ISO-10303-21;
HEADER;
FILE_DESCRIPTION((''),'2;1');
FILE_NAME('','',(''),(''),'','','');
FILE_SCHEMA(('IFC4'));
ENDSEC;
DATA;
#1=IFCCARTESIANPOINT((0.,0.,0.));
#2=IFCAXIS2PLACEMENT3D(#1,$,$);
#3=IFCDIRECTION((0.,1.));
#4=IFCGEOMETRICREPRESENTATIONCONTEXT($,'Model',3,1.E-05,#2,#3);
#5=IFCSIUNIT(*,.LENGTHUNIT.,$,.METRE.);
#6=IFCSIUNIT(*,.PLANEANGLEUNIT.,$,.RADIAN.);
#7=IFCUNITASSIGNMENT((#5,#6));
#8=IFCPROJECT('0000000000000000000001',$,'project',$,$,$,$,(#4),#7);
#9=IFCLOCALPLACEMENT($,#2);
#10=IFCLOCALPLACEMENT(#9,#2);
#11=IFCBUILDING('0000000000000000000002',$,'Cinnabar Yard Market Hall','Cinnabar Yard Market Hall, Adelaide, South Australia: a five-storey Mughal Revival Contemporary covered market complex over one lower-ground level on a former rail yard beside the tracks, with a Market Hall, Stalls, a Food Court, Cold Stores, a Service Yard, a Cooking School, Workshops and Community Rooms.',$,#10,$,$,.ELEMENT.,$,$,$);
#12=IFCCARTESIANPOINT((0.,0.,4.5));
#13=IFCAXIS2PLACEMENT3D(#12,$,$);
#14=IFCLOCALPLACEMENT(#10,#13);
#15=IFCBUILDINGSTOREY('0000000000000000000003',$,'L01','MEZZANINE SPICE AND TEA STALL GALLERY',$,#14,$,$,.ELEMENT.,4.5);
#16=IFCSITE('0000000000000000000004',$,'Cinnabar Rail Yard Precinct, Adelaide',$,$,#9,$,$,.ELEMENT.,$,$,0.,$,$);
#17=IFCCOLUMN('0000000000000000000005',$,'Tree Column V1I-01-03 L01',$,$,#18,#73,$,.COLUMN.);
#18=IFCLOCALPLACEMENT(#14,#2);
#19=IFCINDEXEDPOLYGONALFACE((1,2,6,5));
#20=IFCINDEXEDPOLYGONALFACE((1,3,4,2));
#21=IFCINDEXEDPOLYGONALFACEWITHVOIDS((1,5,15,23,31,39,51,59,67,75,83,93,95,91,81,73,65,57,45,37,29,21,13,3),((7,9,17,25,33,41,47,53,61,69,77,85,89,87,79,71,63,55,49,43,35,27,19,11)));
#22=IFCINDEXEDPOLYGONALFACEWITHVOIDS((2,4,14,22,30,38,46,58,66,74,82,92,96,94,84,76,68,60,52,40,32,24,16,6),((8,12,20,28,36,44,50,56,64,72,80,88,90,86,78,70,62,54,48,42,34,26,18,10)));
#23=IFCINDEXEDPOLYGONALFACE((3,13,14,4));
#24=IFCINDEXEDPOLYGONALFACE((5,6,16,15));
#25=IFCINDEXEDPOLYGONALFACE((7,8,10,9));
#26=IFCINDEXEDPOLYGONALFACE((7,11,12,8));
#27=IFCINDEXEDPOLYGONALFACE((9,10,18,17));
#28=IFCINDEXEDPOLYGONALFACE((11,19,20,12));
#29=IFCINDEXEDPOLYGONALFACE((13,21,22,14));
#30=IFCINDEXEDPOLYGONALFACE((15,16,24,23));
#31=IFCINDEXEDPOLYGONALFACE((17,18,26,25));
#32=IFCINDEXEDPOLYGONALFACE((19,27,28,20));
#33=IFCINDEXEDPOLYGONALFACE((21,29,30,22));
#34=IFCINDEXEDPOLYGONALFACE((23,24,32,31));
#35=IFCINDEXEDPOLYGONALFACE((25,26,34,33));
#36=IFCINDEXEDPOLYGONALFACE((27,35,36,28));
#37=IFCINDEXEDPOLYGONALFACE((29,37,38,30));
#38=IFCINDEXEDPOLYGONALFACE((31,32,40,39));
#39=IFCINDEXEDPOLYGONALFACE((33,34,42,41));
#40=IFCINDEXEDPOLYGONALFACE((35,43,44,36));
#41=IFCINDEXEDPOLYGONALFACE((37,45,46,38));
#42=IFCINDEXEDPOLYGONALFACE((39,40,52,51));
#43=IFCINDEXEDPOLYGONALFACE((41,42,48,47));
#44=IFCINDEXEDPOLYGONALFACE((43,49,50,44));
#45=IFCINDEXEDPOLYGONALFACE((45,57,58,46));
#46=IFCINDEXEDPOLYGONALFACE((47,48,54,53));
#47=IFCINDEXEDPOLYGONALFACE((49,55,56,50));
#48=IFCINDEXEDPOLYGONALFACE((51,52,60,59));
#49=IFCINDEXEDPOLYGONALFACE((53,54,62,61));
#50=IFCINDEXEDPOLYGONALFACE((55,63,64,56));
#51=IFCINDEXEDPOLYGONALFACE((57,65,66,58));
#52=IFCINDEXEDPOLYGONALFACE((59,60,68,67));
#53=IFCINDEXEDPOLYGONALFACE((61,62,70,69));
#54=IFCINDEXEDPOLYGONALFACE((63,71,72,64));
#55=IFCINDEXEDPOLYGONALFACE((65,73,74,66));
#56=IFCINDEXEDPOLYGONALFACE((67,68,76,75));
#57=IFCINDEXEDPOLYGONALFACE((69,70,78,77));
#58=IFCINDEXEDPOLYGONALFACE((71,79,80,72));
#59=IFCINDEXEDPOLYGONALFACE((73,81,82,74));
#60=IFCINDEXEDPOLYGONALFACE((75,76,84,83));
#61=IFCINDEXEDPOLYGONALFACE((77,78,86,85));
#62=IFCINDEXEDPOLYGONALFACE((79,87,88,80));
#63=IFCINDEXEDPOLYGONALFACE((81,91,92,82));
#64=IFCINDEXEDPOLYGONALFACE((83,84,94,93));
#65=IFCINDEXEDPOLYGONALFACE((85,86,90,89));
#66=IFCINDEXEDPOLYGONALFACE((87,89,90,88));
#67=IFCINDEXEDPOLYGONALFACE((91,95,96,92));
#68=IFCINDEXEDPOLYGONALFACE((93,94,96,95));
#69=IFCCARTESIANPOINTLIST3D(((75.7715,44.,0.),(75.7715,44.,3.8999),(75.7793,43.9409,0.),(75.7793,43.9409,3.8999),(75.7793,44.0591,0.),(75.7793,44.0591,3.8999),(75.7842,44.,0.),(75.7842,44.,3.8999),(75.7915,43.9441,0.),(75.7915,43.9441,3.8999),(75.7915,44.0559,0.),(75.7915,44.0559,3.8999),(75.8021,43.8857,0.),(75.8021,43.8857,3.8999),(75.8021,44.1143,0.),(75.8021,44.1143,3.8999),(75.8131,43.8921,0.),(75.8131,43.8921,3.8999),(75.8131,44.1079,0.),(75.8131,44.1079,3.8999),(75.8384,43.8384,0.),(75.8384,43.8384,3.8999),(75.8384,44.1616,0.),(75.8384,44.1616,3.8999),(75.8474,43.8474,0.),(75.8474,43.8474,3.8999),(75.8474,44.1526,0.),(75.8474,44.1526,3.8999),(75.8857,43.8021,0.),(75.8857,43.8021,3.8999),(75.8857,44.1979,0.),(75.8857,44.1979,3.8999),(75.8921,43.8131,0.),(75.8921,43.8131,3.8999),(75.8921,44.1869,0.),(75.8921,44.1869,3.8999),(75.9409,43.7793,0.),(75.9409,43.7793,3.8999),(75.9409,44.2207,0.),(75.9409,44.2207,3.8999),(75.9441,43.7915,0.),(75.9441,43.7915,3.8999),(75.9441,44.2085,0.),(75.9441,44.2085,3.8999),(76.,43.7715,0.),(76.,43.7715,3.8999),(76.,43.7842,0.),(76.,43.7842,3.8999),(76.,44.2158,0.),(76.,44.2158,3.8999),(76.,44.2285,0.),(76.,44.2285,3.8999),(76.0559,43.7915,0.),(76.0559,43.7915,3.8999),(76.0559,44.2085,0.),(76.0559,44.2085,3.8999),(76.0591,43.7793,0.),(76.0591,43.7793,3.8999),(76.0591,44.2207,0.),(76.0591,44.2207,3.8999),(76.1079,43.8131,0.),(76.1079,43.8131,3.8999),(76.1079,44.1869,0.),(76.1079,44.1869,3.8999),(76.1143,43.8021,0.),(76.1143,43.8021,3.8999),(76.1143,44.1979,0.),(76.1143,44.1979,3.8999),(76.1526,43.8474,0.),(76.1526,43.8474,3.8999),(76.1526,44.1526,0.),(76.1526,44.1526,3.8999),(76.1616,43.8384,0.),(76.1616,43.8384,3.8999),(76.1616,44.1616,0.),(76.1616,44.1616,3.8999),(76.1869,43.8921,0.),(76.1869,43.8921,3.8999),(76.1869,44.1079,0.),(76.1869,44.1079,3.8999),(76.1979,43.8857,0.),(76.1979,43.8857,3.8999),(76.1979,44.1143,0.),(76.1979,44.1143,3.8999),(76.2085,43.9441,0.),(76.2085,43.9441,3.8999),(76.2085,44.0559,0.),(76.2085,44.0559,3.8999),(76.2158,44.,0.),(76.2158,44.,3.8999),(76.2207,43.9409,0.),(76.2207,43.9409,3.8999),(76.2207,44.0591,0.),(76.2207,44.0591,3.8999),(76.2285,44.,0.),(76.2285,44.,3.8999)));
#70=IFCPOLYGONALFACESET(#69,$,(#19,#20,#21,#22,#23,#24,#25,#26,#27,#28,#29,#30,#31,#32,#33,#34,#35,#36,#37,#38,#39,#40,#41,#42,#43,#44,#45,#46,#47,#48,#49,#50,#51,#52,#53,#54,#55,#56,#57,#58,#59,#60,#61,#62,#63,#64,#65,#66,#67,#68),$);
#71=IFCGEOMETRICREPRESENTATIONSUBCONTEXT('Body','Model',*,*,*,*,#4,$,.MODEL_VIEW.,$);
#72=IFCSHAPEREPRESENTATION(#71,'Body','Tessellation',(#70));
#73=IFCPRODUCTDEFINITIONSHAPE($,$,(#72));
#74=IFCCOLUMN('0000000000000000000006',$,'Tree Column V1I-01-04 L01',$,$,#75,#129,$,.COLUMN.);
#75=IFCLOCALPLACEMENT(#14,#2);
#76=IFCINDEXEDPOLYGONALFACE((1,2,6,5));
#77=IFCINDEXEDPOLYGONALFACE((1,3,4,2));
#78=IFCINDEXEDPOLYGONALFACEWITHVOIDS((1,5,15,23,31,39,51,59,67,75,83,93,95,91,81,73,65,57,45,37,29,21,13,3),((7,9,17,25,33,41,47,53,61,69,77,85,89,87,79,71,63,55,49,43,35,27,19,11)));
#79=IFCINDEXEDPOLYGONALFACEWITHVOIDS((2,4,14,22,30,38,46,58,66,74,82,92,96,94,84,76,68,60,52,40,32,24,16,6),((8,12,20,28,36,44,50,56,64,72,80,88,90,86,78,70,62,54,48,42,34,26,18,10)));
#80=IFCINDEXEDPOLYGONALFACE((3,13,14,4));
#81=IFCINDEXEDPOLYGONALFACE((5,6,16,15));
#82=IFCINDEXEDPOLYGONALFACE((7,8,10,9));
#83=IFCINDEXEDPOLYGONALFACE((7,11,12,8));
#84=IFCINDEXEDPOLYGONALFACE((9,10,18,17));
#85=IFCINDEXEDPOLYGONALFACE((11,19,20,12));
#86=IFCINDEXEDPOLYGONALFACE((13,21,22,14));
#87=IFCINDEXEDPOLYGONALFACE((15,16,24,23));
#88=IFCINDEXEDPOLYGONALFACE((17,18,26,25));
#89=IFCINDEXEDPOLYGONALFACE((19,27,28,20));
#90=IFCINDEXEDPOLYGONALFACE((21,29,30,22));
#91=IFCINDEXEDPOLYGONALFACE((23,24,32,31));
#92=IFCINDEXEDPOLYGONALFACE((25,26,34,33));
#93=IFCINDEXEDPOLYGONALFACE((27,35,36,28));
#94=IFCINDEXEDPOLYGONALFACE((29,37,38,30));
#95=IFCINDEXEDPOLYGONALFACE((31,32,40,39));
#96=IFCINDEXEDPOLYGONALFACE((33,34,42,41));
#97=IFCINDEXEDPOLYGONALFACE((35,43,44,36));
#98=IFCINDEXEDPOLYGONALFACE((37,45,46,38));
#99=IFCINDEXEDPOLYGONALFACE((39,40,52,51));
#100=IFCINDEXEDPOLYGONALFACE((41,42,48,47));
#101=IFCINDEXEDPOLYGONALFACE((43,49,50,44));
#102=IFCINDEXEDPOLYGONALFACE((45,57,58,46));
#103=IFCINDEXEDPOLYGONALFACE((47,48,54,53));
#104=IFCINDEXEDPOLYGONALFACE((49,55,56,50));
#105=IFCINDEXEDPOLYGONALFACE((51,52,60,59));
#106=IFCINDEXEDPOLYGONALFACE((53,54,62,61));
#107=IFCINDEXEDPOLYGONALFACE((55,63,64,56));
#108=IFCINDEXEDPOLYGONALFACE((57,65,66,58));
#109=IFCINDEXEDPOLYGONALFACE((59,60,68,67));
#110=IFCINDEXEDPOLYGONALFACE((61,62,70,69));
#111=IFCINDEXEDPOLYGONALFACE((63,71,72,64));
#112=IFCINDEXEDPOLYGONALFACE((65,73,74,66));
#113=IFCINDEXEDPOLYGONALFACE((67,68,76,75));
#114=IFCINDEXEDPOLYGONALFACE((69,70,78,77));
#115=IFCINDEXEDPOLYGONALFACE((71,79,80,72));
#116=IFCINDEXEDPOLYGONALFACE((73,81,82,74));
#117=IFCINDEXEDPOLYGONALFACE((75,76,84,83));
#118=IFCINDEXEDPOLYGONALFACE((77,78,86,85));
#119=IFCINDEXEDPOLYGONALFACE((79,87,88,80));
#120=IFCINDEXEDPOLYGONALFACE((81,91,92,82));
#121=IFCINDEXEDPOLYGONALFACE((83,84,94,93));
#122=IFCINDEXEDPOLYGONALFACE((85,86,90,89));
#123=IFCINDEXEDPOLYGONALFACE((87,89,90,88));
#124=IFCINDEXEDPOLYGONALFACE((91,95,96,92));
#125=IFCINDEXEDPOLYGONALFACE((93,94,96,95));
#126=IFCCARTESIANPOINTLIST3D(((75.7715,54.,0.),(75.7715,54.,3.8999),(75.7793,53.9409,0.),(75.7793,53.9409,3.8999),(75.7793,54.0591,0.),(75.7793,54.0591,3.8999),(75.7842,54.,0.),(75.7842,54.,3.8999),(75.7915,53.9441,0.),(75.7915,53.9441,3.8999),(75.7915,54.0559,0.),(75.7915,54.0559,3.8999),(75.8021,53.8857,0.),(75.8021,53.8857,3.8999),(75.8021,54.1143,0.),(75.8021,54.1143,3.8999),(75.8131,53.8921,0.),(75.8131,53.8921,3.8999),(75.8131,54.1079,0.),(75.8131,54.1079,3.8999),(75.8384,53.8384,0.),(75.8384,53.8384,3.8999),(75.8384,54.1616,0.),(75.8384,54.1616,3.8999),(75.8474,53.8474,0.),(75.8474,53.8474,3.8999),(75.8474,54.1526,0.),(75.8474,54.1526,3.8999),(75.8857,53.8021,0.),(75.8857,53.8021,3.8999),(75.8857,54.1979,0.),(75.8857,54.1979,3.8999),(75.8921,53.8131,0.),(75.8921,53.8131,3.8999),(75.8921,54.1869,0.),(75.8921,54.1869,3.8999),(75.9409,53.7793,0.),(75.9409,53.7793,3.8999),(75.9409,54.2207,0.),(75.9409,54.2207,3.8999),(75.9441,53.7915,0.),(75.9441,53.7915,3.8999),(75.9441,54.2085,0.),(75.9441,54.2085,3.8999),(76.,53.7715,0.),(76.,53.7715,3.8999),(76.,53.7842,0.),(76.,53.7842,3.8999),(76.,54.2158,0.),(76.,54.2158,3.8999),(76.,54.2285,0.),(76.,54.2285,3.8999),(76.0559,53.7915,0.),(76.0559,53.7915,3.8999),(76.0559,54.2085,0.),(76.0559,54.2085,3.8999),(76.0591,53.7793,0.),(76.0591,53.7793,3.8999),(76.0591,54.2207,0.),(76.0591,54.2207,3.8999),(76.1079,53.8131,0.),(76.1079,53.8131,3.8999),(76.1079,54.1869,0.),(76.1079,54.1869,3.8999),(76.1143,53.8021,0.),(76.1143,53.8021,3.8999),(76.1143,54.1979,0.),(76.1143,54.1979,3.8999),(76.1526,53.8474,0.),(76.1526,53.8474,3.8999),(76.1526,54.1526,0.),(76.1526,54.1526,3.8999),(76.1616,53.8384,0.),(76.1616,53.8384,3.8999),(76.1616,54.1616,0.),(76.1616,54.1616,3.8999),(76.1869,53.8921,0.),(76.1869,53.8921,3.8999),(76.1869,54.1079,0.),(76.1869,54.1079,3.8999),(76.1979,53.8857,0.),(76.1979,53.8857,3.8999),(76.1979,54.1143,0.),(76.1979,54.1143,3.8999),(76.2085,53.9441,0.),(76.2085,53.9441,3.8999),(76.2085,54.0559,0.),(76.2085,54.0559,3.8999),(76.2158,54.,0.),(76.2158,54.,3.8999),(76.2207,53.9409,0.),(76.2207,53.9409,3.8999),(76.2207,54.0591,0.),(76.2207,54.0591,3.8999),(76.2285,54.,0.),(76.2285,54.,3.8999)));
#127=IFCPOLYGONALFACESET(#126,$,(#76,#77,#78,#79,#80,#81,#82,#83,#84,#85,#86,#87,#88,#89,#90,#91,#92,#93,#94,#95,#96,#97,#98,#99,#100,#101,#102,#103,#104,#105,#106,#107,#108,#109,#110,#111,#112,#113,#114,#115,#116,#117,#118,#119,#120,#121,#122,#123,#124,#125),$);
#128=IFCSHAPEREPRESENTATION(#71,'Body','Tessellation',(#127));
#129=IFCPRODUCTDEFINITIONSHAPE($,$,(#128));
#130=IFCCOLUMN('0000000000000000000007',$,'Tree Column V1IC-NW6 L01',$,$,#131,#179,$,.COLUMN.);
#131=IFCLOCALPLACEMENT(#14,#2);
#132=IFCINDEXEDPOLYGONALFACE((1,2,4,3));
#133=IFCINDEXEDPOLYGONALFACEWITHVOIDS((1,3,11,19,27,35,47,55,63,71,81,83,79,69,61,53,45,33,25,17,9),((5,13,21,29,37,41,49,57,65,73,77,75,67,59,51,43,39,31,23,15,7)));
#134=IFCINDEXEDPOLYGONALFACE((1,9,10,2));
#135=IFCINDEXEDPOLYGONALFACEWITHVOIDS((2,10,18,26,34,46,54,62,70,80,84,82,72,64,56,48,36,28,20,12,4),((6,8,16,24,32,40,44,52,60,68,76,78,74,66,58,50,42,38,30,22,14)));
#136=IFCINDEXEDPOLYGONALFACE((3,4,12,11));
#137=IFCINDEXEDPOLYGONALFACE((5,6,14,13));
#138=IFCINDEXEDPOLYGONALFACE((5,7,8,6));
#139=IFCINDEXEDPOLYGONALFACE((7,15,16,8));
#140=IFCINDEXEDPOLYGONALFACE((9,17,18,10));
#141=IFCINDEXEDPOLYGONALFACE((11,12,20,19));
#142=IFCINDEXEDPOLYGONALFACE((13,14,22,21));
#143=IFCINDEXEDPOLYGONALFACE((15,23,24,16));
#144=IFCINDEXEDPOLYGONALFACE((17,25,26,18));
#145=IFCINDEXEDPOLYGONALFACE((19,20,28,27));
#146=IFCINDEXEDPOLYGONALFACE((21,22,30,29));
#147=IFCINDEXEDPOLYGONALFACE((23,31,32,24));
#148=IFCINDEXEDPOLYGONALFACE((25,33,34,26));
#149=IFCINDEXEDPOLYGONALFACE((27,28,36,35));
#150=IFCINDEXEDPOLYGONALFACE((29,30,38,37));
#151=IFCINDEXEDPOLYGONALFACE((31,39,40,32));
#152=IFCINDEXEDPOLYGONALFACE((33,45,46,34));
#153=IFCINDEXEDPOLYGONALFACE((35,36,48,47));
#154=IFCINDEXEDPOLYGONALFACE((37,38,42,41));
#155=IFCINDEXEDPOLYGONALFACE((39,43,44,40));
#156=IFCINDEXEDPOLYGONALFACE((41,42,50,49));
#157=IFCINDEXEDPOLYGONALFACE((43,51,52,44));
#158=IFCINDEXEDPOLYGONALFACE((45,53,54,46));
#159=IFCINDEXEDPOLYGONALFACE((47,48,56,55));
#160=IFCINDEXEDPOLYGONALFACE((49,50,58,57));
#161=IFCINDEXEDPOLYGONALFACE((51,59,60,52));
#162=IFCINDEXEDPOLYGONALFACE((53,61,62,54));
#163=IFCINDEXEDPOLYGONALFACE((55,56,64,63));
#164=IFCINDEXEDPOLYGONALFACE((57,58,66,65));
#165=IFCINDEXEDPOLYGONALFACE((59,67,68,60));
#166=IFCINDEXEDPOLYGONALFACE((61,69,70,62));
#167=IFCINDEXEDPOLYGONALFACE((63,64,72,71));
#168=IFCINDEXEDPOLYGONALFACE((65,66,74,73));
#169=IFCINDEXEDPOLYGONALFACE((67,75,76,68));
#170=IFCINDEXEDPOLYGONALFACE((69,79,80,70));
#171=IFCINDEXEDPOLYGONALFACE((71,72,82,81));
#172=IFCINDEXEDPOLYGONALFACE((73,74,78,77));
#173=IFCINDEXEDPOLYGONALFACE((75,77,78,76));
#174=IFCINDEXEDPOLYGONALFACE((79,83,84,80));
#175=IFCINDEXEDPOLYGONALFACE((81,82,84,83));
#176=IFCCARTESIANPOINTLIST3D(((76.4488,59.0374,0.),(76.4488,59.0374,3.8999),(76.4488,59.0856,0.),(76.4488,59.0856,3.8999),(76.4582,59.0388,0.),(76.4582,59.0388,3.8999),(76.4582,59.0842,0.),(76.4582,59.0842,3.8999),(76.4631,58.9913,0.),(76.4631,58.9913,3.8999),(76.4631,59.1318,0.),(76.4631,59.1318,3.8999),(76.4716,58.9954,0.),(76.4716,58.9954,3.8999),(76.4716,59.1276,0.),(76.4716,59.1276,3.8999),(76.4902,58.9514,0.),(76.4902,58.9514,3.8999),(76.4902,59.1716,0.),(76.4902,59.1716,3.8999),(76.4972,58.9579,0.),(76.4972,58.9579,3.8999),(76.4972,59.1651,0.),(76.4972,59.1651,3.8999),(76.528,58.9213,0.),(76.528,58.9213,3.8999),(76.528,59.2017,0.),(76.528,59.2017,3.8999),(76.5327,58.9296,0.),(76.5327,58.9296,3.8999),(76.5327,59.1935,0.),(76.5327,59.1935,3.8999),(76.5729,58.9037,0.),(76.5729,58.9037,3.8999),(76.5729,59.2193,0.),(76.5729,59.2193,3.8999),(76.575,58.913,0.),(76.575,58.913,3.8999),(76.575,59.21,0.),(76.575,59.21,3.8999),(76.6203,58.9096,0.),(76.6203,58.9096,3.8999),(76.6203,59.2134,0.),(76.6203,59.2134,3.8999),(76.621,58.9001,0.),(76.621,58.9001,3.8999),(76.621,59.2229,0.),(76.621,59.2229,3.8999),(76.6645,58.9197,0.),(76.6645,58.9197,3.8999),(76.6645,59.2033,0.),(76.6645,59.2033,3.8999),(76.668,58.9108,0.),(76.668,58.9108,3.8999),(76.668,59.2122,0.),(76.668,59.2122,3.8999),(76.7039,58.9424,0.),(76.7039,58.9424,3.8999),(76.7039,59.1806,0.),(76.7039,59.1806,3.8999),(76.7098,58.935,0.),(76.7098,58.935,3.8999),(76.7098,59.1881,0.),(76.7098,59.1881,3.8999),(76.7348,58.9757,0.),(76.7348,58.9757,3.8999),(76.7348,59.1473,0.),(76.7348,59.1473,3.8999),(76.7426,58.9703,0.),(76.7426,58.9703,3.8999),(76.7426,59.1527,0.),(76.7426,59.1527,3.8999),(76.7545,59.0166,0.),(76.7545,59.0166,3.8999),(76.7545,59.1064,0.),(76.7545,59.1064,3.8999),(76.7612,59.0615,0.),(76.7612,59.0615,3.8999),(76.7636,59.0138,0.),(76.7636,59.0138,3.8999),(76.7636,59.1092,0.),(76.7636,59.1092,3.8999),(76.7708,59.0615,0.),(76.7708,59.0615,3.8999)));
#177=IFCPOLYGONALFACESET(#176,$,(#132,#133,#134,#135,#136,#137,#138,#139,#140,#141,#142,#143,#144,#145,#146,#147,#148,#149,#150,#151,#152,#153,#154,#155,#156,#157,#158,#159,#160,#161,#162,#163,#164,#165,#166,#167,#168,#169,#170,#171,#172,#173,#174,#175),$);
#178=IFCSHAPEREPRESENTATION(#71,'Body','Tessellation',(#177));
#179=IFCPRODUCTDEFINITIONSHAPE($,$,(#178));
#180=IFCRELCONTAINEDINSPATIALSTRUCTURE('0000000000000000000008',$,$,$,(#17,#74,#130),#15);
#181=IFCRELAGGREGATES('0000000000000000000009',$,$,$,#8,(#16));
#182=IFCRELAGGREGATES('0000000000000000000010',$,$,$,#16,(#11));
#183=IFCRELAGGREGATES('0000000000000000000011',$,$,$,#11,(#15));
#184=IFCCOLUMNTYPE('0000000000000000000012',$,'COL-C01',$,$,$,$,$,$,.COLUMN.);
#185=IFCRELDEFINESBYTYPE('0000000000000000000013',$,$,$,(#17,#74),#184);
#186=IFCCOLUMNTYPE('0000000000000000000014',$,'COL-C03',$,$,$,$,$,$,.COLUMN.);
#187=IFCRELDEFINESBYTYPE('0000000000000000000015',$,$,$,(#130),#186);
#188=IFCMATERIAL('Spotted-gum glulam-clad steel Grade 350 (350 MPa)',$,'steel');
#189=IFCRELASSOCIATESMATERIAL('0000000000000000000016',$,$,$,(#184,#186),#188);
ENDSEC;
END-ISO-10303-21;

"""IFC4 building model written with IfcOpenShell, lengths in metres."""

from ifc_helpers import new_model, si_unit, direction, frame, origin, origin_2d_with_axis, place, context, subcontext, project, spatial, hollow_circle, extrude, material, material_profile, profile_set, type_object, element, save


model = new_model("IFC4")

# Units and contexts
model_context = context("Model", 3, precision=1e-05, world=origin(), true_north=direction((0.0, 1.0)))
body_context = subcontext(model_context, "Body", "Model", "MODEL_VIEW")
ifc_project = project(units=[si_unit("LENGTHUNIT", "METRE"), si_unit("PLANEANGLEUNIT", "RADIAN")], contexts=[model_context])

# Site, building, storey
site_placement = place(None, origin())
site = spatial("IfcSite", under=ifc_project, at=site_placement, Name="Cinnabar Rail Yard Precinct, Adelaide", CompositionType="ELEMENT", RefElevation=0.0)
building_placement = place(site_placement, origin())
building = spatial("IfcBuilding", under=site, at=building_placement, Name="Cinnabar Yard Market Hall", Description="Cinnabar Yard Market Hall, Adelaide, South Australia: a five-storey Mughal Revival Contemporary covered market complex over one lower-ground level on a former rail yard beside the tracks, with a Market Hall, Stalls, a Food Court, Cold Stores, a Service Yard, a Cooking School, Workshops and Community Rooms.", CompositionType="ELEMENT")
storey_placement = place(building_placement, frame((0.0, 0.0, 4.5)))
storey = spatial("IfcBuildingStorey", under=building, at=storey_placement, Name="L01", Description="MEZZANINE SPICE AND TEA STALL GALLERY", CompositionType="ELEMENT", Elevation=4.5)

# Columns
ifc_material_1 = material(Name="Spotted-gum glulam-clad steel Grade 350 (350 MPa)", Category="steel")
ifc_material_profile_1 = material_profile(ifc_material_1, hollow_circle(Radius=0.2285, WallThickness=0.0127, at=origin_2d_with_axis()), Name="457.0x12.7CHS")
ifc_profile_set_1 = profile_set([ifc_material_profile_1], Name="Spotted-gum glulam-clad steel Grade 350 (350 MPa)")
column_type_1 = type_object("IfcColumnType", Name="COL-C01", PredefinedType="COLUMN", material=ifc_profile_set_1)
for number, where, z_axis, x_axis, name in (
    (1, (76.0, 44.0, 0.0), (0.0, 0.0, 1.0), (1.0, 0.0, 0.0), "Tree Column V1I-01-03 L01"),
    (2, (76.0, 54.0, 0.0), (0.0, 0.0, 1.0), (1.0, 0.0, 0.0), "Tree Column V1I-01-04 L01"),
):
    element("IfcColumn", number, at=place(storey_placement, frame(where, z_axis=z_axis, x_axis=x_axis)), inside=storey, type_object=column_type_1, Name=name, PredefinedType="COLUMN", context=body_context, shape_type="SweptSolid", body=[
        extrude(hollow_circle(Radius=0.2285, WallThickness=0.0127, at=origin_2d_with_axis()), origin(), (0.0, 0.0, 1.0), 3.8999),
    ])
ifc_material_profile_2 = material_profile(ifc_material_1, hollow_circle(Radius=0.1619, WallThickness=0.0095, at=origin_2d_with_axis()), Name="323.9x9.5CHS")
ifc_profile_set_2 = profile_set([ifc_material_profile_2], Name="Spotted-gum glulam-clad steel Grade 350 (350 MPa)")
column_type_2 = type_object("IfcColumnType", Name="COL-C03", PredefinedType="COLUMN", material=ifc_profile_set_2)
column_placement = place(storey_placement, frame((76.6089, 59.0615, 0.0), z_axis=(0.0, 0.0, 1.0), x_axis=(1.0, 0.0, 0.0)))
element("IfcColumn", 3, at=column_placement, inside=storey, type_object=column_type_2, Name="Tree Column V1IC-NW6 L01", PredefinedType="COLUMN", context=body_context, shape_type="SweptSolid", body=[
    extrude(hollow_circle(Radius=0.1619, WallThickness=0.0095, at=origin_2d_with_axis()), origin(), (0.0, 0.0, 1.0), 3.8999),
])

save(model, "model.ifc")
